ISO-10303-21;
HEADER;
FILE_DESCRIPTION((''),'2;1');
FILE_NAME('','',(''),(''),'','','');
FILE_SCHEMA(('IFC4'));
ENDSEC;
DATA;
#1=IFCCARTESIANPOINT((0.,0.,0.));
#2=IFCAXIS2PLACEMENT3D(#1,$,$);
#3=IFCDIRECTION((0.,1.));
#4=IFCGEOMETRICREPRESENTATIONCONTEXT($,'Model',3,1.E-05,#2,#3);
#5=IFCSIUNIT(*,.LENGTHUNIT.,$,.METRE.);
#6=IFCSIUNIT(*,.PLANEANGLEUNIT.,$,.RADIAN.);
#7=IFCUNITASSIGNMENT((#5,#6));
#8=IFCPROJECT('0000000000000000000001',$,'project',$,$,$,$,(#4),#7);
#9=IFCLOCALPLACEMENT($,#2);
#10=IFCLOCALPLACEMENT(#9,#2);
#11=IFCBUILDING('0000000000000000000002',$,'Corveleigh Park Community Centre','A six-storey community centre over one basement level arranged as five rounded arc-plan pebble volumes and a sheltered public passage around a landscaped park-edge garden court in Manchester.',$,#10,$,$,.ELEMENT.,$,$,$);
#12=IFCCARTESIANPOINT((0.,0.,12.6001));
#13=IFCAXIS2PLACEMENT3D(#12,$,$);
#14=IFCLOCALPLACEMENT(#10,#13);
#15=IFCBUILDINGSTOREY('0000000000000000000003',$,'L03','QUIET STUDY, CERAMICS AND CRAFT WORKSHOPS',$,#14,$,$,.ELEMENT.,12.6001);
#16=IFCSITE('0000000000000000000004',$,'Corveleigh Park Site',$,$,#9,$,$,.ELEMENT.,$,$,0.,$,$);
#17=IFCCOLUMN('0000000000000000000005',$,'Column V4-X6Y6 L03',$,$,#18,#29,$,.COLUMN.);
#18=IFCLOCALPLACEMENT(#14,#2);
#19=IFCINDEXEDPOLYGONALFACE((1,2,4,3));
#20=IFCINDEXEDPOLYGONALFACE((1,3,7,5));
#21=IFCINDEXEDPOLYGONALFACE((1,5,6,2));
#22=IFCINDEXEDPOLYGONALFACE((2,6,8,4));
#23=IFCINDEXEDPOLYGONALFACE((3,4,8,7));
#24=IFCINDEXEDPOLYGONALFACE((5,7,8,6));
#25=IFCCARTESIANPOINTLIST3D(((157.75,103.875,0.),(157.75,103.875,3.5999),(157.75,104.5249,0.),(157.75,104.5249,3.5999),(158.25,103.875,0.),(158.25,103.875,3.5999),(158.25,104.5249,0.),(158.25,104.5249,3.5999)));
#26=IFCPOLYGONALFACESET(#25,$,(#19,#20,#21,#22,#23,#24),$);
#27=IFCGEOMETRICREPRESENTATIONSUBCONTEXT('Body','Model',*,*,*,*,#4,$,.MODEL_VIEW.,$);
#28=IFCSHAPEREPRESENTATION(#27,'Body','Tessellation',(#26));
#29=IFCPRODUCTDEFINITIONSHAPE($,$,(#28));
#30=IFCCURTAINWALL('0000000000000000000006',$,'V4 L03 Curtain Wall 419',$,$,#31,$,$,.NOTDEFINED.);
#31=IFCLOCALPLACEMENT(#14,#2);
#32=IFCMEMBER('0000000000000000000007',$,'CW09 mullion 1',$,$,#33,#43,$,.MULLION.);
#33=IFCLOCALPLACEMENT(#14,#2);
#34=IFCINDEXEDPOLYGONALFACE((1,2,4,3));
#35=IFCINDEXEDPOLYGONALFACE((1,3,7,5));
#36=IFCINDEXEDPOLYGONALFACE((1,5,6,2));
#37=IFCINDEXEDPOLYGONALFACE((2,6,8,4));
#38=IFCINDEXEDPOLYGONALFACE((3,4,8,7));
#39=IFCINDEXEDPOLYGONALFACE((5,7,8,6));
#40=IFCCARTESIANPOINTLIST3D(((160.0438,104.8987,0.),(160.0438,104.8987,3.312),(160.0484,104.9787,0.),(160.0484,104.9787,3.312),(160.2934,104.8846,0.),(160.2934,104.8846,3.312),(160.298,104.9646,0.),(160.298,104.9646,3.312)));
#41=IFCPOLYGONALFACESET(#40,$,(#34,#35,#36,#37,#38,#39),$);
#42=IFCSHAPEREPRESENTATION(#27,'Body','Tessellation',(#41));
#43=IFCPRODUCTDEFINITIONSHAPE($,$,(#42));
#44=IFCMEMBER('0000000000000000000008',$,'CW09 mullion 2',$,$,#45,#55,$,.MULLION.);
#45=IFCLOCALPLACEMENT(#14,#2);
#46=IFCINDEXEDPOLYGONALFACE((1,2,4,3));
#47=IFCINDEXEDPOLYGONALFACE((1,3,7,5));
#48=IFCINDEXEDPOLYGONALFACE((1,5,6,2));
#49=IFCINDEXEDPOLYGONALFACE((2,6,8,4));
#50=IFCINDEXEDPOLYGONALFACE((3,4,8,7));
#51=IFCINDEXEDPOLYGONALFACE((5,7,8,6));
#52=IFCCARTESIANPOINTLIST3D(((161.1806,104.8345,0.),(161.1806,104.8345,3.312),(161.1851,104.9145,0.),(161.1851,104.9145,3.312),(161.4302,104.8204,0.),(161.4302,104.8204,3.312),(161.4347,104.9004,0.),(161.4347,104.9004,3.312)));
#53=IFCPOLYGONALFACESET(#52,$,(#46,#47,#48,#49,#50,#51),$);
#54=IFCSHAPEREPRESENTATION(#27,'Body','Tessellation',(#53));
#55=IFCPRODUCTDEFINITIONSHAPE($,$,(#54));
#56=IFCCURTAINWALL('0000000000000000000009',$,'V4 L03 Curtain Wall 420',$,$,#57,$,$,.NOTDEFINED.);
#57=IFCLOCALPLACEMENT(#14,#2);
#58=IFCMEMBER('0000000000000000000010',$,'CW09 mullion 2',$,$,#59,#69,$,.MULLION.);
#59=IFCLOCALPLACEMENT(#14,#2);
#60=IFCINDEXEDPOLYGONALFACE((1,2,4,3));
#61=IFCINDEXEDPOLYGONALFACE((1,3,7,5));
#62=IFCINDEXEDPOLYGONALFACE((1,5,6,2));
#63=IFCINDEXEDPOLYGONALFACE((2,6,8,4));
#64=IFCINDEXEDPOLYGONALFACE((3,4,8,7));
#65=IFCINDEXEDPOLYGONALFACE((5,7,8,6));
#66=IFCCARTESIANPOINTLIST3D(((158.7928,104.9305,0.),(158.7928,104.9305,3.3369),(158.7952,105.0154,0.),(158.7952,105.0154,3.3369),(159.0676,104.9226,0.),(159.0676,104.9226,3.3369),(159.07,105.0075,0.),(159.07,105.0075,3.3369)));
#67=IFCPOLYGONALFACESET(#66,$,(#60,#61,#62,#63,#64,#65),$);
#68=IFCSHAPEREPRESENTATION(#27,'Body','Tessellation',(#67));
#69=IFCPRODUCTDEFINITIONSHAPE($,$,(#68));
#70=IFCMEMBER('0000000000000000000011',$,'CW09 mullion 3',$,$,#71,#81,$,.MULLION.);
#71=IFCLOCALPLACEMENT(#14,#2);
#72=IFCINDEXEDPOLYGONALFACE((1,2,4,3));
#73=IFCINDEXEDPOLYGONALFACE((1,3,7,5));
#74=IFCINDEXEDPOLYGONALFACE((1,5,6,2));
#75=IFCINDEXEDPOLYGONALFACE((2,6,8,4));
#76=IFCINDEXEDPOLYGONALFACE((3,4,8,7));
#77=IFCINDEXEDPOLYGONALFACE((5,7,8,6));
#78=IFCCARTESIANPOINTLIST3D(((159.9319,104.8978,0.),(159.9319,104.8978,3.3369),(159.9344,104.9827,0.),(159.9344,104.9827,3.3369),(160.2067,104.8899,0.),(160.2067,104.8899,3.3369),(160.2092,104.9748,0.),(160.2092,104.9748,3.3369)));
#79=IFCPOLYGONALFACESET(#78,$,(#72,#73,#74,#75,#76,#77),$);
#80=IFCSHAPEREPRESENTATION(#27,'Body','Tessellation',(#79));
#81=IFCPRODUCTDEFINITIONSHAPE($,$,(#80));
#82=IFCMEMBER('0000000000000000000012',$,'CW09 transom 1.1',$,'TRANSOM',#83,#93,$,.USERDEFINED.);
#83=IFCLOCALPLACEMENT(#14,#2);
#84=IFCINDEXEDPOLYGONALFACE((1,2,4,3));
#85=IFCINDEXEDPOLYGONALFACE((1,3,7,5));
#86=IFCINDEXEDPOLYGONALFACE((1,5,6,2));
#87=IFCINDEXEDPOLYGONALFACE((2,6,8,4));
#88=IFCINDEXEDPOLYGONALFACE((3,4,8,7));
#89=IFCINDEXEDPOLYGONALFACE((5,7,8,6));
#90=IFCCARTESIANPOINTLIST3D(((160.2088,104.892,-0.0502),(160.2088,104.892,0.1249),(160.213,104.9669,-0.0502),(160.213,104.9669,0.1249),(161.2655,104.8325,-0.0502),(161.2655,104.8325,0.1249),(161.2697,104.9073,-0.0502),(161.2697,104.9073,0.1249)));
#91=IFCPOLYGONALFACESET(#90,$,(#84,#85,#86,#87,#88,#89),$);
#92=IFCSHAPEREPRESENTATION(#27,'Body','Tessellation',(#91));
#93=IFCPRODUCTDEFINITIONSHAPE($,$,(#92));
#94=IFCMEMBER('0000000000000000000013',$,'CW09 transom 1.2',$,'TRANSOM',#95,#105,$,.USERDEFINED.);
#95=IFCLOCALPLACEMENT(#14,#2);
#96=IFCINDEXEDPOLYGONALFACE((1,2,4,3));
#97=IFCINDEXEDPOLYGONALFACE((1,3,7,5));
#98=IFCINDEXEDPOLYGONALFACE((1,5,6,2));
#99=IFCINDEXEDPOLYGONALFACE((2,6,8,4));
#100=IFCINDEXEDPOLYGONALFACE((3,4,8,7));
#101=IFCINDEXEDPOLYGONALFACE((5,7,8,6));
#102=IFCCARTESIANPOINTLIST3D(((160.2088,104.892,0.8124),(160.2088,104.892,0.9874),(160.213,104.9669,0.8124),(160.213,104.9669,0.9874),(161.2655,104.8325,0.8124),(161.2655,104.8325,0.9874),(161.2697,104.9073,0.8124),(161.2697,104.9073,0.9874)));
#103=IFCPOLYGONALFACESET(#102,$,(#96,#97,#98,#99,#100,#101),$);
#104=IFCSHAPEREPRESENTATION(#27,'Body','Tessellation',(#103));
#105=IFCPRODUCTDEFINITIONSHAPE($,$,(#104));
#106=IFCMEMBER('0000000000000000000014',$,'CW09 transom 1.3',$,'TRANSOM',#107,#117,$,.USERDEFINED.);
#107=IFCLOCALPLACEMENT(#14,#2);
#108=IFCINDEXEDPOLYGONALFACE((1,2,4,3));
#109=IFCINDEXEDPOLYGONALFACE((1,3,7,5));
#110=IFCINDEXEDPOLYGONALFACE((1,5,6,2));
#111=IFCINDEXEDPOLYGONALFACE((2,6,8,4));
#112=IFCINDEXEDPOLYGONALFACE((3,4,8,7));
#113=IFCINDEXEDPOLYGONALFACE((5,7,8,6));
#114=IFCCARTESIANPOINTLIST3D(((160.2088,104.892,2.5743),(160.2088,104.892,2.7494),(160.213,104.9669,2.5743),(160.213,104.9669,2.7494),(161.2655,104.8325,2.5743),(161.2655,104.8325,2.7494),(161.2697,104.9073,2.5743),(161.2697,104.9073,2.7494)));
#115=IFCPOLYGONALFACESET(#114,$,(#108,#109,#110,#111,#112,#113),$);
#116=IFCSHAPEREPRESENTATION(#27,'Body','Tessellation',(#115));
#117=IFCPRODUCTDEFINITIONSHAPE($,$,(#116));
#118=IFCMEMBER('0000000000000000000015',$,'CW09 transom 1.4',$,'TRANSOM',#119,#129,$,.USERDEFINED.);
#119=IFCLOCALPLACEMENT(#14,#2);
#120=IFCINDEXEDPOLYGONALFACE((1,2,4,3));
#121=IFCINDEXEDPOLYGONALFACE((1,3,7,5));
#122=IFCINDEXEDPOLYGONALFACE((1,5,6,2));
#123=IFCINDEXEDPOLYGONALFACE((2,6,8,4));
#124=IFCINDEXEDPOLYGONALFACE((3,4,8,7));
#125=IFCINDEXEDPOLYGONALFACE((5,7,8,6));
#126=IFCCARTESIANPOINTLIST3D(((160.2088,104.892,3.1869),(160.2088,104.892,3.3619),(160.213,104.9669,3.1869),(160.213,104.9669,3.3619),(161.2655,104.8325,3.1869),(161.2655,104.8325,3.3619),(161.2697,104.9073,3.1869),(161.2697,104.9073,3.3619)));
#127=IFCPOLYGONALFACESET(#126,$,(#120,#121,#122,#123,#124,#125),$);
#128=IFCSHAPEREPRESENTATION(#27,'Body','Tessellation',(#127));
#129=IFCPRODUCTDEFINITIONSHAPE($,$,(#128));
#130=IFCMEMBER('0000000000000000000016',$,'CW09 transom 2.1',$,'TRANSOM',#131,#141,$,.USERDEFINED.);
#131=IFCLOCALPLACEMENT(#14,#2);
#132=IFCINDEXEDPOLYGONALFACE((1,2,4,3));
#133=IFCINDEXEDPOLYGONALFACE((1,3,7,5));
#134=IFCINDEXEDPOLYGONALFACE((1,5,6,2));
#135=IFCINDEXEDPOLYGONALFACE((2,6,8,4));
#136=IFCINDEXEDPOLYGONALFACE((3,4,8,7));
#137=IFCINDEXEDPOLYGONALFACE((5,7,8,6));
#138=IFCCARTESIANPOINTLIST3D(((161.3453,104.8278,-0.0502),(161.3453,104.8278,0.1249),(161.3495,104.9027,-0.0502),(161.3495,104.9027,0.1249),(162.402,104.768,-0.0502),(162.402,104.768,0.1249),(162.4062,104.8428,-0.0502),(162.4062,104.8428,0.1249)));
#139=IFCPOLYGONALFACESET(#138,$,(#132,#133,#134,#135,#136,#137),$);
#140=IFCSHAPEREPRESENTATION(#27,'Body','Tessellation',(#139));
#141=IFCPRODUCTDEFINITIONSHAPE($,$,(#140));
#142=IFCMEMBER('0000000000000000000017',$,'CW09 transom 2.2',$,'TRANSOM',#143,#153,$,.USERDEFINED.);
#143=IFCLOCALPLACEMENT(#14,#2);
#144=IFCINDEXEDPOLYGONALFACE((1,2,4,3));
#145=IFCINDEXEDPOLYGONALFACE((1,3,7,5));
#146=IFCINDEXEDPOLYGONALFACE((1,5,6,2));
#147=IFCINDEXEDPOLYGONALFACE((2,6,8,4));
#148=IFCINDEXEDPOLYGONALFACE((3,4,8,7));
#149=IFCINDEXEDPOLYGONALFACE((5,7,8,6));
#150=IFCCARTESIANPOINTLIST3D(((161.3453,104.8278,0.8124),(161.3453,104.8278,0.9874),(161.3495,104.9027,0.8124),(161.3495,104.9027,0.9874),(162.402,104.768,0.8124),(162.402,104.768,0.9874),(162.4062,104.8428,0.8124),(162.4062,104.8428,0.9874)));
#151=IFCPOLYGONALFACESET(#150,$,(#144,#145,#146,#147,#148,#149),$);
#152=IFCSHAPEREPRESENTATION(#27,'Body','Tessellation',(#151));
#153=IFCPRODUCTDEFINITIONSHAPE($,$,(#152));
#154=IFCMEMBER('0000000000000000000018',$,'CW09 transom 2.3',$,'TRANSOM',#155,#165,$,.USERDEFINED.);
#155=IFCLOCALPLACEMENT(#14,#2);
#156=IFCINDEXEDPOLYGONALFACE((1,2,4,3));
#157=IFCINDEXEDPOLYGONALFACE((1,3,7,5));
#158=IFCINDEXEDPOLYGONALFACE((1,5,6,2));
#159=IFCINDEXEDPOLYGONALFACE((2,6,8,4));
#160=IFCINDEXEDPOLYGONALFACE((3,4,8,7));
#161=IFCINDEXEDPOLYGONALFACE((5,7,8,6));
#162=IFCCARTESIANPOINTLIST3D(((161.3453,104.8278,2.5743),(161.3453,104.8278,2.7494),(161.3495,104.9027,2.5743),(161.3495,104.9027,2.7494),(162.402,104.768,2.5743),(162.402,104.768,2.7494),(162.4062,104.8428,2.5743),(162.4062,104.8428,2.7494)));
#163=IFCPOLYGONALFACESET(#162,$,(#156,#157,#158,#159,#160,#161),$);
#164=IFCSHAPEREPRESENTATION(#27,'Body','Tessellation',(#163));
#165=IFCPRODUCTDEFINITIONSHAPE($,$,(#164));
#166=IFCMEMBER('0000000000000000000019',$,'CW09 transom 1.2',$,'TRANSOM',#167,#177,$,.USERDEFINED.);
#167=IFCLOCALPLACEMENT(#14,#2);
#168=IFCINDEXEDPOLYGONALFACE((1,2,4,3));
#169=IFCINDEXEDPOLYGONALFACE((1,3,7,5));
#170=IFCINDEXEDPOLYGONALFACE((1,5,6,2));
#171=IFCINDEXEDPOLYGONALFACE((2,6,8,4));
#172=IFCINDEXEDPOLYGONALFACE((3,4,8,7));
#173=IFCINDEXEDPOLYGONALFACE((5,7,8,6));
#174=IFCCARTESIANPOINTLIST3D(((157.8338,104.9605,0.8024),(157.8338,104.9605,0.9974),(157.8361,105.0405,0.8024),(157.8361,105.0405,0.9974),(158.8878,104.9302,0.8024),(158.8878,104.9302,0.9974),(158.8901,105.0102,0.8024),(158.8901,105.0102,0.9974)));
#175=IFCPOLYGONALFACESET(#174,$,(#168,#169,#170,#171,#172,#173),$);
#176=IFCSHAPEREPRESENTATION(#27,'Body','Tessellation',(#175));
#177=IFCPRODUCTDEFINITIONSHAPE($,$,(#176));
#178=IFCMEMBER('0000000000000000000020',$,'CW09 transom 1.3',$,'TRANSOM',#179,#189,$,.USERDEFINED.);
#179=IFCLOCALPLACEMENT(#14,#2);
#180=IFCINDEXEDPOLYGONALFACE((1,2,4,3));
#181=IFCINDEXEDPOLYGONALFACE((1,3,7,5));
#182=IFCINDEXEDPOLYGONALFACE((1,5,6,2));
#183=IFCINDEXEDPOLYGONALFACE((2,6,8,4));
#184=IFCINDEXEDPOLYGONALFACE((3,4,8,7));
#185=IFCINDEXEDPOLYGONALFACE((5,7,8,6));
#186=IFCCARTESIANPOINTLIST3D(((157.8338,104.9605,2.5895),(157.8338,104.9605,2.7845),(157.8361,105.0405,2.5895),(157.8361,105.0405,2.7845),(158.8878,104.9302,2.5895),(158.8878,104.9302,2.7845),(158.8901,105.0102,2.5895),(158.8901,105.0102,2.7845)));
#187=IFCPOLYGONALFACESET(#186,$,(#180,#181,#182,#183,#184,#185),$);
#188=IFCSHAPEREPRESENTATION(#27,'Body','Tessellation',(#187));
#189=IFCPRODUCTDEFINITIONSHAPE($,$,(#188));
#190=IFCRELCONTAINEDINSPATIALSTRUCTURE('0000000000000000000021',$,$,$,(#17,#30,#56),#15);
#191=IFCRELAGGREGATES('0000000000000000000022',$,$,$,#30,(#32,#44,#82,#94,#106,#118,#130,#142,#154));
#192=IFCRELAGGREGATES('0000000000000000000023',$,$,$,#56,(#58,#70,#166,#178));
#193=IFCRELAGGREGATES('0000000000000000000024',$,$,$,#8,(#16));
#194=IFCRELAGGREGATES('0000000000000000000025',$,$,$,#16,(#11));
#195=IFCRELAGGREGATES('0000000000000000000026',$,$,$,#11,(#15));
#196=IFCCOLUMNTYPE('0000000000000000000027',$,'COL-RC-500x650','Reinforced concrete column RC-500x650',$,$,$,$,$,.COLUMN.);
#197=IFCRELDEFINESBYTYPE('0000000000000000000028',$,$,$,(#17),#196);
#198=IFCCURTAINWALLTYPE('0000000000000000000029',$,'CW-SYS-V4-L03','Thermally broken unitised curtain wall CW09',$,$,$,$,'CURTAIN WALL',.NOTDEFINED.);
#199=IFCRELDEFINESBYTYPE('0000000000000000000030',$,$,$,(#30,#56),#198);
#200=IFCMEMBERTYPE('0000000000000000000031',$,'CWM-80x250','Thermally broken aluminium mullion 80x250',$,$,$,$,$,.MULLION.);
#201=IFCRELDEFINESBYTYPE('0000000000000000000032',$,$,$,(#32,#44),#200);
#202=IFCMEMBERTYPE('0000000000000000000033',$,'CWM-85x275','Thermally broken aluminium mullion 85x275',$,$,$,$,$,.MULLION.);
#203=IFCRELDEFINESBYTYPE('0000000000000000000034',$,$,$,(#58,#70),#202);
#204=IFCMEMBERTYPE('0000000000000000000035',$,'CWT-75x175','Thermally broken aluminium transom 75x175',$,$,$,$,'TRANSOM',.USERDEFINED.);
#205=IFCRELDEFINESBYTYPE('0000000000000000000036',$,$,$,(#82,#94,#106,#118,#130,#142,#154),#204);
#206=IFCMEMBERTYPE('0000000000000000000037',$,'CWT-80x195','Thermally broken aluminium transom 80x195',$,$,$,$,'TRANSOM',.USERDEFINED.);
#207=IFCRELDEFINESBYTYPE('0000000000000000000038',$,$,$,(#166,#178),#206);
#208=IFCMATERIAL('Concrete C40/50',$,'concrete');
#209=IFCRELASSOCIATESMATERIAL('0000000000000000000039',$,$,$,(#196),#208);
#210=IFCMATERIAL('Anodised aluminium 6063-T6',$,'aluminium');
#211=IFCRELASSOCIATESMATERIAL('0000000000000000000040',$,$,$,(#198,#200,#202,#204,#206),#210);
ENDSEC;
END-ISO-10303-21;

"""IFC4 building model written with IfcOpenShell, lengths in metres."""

from ifc_helpers import new_model, si_unit, direction, frame, origin, origin_2d, place, context, subcontext, project, spatial, rectangle, extrude, material, material_profile, profile_set, type_object, element, aggregate, save


model = new_model("IFC4")

# Units and contexts
model_context = context("Model", 3, precision=1e-05, world=origin(), true_north=direction((0.0, 1.0)))
body_context = subcontext(model_context, "Body", "Model", "MODEL_VIEW")
ifc_project = project(units=[si_unit("LENGTHUNIT", "METRE"), si_unit("PLANEANGLEUNIT", "RADIAN")], contexts=[model_context])

# Site, building, storey
site_placement = place(None, origin())
site = spatial("IfcSite", under=ifc_project, at=site_placement, Name="Corveleigh Park Site", CompositionType="ELEMENT", RefElevation=0.0)
building_placement = place(site_placement, origin())
building = spatial("IfcBuilding", under=site, at=building_placement, Name="Corveleigh Park Community Centre", Description="A six-storey community centre over one basement level arranged as five rounded arc-plan pebble volumes and a sheltered public passage around a landscaped park-edge garden court in Manchester.", CompositionType="ELEMENT")
storey_placement = place(building_placement, frame((0.0, 0.0, 12.6001)))
storey = spatial("IfcBuildingStorey", under=building, at=storey_placement, Name="L03", Description="QUIET STUDY, CERAMICS AND CRAFT WORKSHOPS", CompositionType="ELEMENT", Elevation=12.6001)

# Column
ifc_material_1 = material(Name="Concrete C40/50", Category="concrete")
ifc_material_profile_1 = material_profile(ifc_material_1, rectangle(XDim=0.5, YDim=0.6499, at=origin_2d()), Name="RC-500x650", Category="concrete")
ifc_profile_set_1 = profile_set([ifc_material_profile_1], Name="Concrete C40/50")
column_type = type_object("IfcColumnType", Name="COL-RC-500x650", Description="Reinforced concrete column RC-500x650", PredefinedType="COLUMN", material=ifc_profile_set_1)
column_placement = place(storey_placement, frame((158.0, 104.2, 0.0), z_axis=(0.0, 0.0, 1.0), x_axis=(1.0, 0.0, 0.0)))
element("IfcColumn", 1, at=column_placement, inside=storey, type_object=column_type, Name="Column V4-X6Y6 L03", PredefinedType="COLUMN", context=body_context, shape_type="SweptSolid", body=[
    extrude(rectangle(XDim=0.5, YDim=0.6499, at=origin_2d()), origin(), (0.0, 0.0, 1.0), 3.5999),
])

# Curtain walls, members
ifc_material_2 = material(Name="Anodised aluminium 6063-T6", Category="aluminium")
curtain_wall_type = type_object("IfcCurtainWallType", Name="CW-SYS-V4-L03", Description="Thermally broken unitised curtain wall CW09", ElementType="CURTAIN WALL", PredefinedType="NOTDEFINED", material=ifc_material_2)
curtain_wall_1_placement = place(storey_placement, origin())
curtain_wall_1 = element("IfcCurtainWall", 2, at=curtain_wall_1_placement, inside=storey, type_object=curtain_wall_type, Name="V4 L03 Curtain Wall 419", PredefinedType="NOTDEFINED")
ifc_material_profile_2 = material_profile(ifc_material_2, rectangle(XDim=0.0801, YDim=0.25, at=origin_2d()), Name="ALU-M80x250", Category="aluminium")
ifc_profile_set_2 = profile_set([ifc_material_profile_2], Name="Anodised aluminium 6063-T6")
member_type_1 = type_object("IfcMemberType", Name="CWM-80x250", Description="Thermally broken aluminium mullion 80x250", PredefinedType="MULLION", material=ifc_profile_set_2)
member_1_placement = place(storey_placement, frame((160.1709, 104.9316, 0.0), z_axis=(0.0, 0.0, 1.0), x_axis=(0.056434, 0.998406, 0.0)))
member_1 = element("IfcMember", 3, at=member_1_placement, type_object=member_type_1, Name="CW09 mullion 1", PredefinedType="MULLION", context=body_context, shape_type="SweptSolid", body=[
    extrude(rectangle(XDim=0.0801, YDim=0.25, at=origin_2d()), origin(), (0.0, 0.0, 1.0), 3.312),
])
member_2_placement = place(storey_placement, frame((161.3076, 104.8674, 0.0), z_axis=(0.0, 0.0, 1.0), x_axis=(0.056434, 0.998406, 0.0)))
member_2 = element("IfcMember", 4, at=member_2_placement, type_object=member_type_1, Name="CW09 mullion 2", PredefinedType="MULLION", context=body_context, shape_type="SweptSolid", body=[
    extrude(rectangle(XDim=0.0801, YDim=0.25, at=origin_2d()), origin(), (0.0, 0.0, 1.0), 3.312),
])
curtain_wall_2_placement = place(storey_placement, origin())
curtain_wall_2 = element("IfcCurtainWall", 5, at=curtain_wall_2_placement, inside=storey, type_object=curtain_wall_type, Name="V4 L03 Curtain Wall 420", PredefinedType="NOTDEFINED")
ifc_material_profile_3 = material_profile(ifc_material_2, rectangle(XDim=0.085, YDim=0.2749, at=origin_2d()), Name="ALU-M85x275", Category="aluminium")
ifc_profile_set_3 = profile_set([ifc_material_profile_3], Name="Anodised aluminium 6063-T6")
member_type_2 = type_object("IfcMemberType", Name="CWM-85x275", Description="Thermally broken aluminium mullion 85x275", PredefinedType="MULLION", material=ifc_profile_set_3)
member_3_placement = place(storey_placement, frame((158.9314, 104.969, 0.0), z_axis=(0.0, 0.0, 1.0), x_axis=(0.028765, 0.999586, 0.0)))
member_3 = element("IfcMember", 6, at=member_3_placement, type_object=member_type_2, Name="CW09 mullion 2", PredefinedType="MULLION", context=body_context, shape_type="SweptSolid", body=[
    extrude(rectangle(XDim=0.085, YDim=0.2749, at=origin_2d()), origin(), (0.0, 0.0, 1.0), 3.3369),
])
member_4_placement = place(storey_placement, frame((160.0706, 104.9363, 0.0), z_axis=(0.0, 0.0, 1.0), x_axis=(0.028765, 0.999586, 0.0)))
member_4 = element("IfcMember", 7, at=member_4_placement, type_object=member_type_2, Name="CW09 mullion 3", PredefinedType="MULLION", context=body_context, shape_type="SweptSolid", body=[
    extrude(rectangle(XDim=0.085, YDim=0.2749, at=origin_2d()), origin(), (0.0, 0.0, 1.0), 3.3369),
])

# Members
ifc_material_profile_4 = material_profile(ifc_material_2, rectangle(XDim=0.075, YDim=0.175, at=origin_2d()), Name="ALU-T75x175", Category="aluminium")
ifc_profile_set_4 = profile_set([ifc_material_profile_4], Name="Anodised aluminium 6063-T6")
member_type_3 = type_object("IfcMemberType", Name="CWT-75x175", Description="Thermally broken aluminium transom 75x175", ElementType="TRANSOM", PredefinedType="USERDEFINED", material=ifc_profile_set_4)
member_5_placement = place(storey_placement, frame((160.2109, 104.9294, 0.0374), z_axis=(0.998415, -0.056288, 0.0), x_axis=(0.056288, 0.998415, 0.0)))
member_5 = element("IfcMember", 8, at=member_5_placement, type_object=member_type_3, Name="CW09 transom 1.1", ObjectType="TRANSOM", PredefinedType="USERDEFINED", context=body_context, shape_type="SweptSolid", body=[
    extrude(rectangle(XDim=0.075, YDim=0.175, at=origin_2d()), origin(), (0.0, 0.0, 1.0), 1.0583),
])
member_6_placement = place(storey_placement, frame((160.2109, 104.9294, 0.8999), z_axis=(0.998415, -0.056288, 0.0), x_axis=(0.056288, 0.998415, 0.0)))
member_6 = element("IfcMember", 9, at=member_6_placement, type_object=member_type_3, Name="CW09 transom 1.2", ObjectType="TRANSOM", PredefinedType="USERDEFINED", context=body_context, shape_type="SweptSolid", body=[
    extrude(rectangle(XDim=0.075, YDim=0.175, at=origin_2d()), origin(), (0.0, 0.0, 1.0), 1.0583),
])
member_7_placement = place(storey_placement, frame((160.2109, 104.9294, 2.6619), z_axis=(0.998415, -0.056288, 0.0), x_axis=(0.056288, 0.998415, 0.0)))
member_7 = element("IfcMember", 10, at=member_7_placement, type_object=member_type_3, Name="CW09 transom 1.3", ObjectType="TRANSOM", PredefinedType="USERDEFINED", context=body_context, shape_type="SweptSolid", body=[
    extrude(rectangle(XDim=0.075, YDim=0.175, at=origin_2d()), origin(), (0.0, 0.0, 1.0), 1.0583),
])
member_8_placement = place(storey_placement, frame((160.2109, 104.9294, 3.2744), z_axis=(0.998415, -0.056288, 0.0), x_axis=(0.056288, 0.998415, 0.0)))
member_8 = element("IfcMember", 11, at=member_8_placement, type_object=member_type_3, Name="CW09 transom 1.4", ObjectType="TRANSOM", PredefinedType="USERDEFINED", context=body_context, shape_type="SweptSolid", body=[
    extrude(rectangle(XDim=0.075, YDim=0.175, at=origin_2d()), origin(), (0.0, 0.0, 1.0), 1.0583),
])
member_9_placement = place(storey_placement, frame((161.3474, 104.8652, 0.0374), z_axis=(0.998402, -0.056518, 0.0), x_axis=(0.056518, 0.998402, 0.0)))
member_9 = element("IfcMember", 12, at=member_9_placement, type_object=member_type_3, Name="CW09 transom 2.1", ObjectType="TRANSOM", PredefinedType="USERDEFINED", context=body_context, shape_type="SweptSolid", body=[
    extrude(rectangle(XDim=0.075, YDim=0.175, at=origin_2d()), origin(), (0.0, 0.0, 1.0), 1.0583),
])
member_10_placement = place(storey_placement, frame((161.3474, 104.8652, 0.8999), z_axis=(0.998402, -0.056518, 0.0), x_axis=(0.056518, 0.998402, 0.0)))
member_10 = element("IfcMember", 13, at=member_10_placement, type_object=member_type_3, Name="CW09 transom 2.2", ObjectType="TRANSOM", PredefinedType="USERDEFINED", context=body_context, shape_type="SweptSolid", body=[
    extrude(rectangle(XDim=0.075, YDim=0.175, at=origin_2d()), origin(), (0.0, 0.0, 1.0), 1.0583),
])
member_11_placement = place(storey_placement, frame((161.3474, 104.8652, 2.6619), z_axis=(0.998402, -0.056518, 0.0), x_axis=(0.056518, 0.998402, 0.0)))
member_11 = element("IfcMember", 14, at=member_11_placement, type_object=member_type_3, Name="CW09 transom 2.3", ObjectType="TRANSOM", PredefinedType="USERDEFINED", context=body_context, shape_type="SweptSolid", body=[
    extrude(rectangle(XDim=0.075, YDim=0.175, at=origin_2d()), origin(), (0.0, 0.0, 1.0), 1.0583),
])
ifc_material_profile_5 = material_profile(ifc_material_2, rectangle(XDim=0.0801, YDim=0.1951, at=origin_2d()), Name="ALU-T80x195", Category="aluminium")
ifc_profile_set_5 = profile_set([ifc_material_profile_5], Name="Anodised aluminium 6063-T6")
member_type_4 = type_object("IfcMemberType", Name="CWT-80x195", Description="Thermally broken aluminium transom 80x195", ElementType="TRANSOM", PredefinedType="USERDEFINED", material=ifc_profile_set_5)
member_12_placement = place(storey_placement, frame((157.835, 105.0005, 0.8999), z_axis=(0.999588, -0.028712, 0.0), x_axis=(0.028712, 0.999588, 0.0)))
member_12 = element("IfcMember", 15, at=member_12_placement, type_object=member_type_4, Name="CW09 transom 1.2", ObjectType="TRANSOM", PredefinedType="USERDEFINED", context=body_context, shape_type="SweptSolid", body=[
    extrude(rectangle(XDim=0.0801, YDim=0.1951, at=origin_2d()), origin(), (0.0, 0.0, 1.0), 1.0544),
])
member_13_placement = place(storey_placement, frame((157.835, 105.0005, 2.687), z_axis=(0.999588, -0.028712, 0.0), x_axis=(0.028712, 0.999588, 0.0)))
member_13 = element("IfcMember", 16, at=member_13_placement, type_object=member_type_4, Name="CW09 transom 1.3", ObjectType="TRANSOM", PredefinedType="USERDEFINED", context=body_context, shape_type="SweptSolid", body=[
    extrude(rectangle(XDim=0.0801, YDim=0.1951, at=origin_2d()), origin(), (0.0, 0.0, 1.0), 1.0544),
])

aggregate(curtain_wall_1, [member_1, member_2, member_5, member_6, member_7, member_8, member_9, member_10, member_11])
aggregate(curtain_wall_2, [member_3, member_4, member_12, member_13])

save(model, "model.ifc")
